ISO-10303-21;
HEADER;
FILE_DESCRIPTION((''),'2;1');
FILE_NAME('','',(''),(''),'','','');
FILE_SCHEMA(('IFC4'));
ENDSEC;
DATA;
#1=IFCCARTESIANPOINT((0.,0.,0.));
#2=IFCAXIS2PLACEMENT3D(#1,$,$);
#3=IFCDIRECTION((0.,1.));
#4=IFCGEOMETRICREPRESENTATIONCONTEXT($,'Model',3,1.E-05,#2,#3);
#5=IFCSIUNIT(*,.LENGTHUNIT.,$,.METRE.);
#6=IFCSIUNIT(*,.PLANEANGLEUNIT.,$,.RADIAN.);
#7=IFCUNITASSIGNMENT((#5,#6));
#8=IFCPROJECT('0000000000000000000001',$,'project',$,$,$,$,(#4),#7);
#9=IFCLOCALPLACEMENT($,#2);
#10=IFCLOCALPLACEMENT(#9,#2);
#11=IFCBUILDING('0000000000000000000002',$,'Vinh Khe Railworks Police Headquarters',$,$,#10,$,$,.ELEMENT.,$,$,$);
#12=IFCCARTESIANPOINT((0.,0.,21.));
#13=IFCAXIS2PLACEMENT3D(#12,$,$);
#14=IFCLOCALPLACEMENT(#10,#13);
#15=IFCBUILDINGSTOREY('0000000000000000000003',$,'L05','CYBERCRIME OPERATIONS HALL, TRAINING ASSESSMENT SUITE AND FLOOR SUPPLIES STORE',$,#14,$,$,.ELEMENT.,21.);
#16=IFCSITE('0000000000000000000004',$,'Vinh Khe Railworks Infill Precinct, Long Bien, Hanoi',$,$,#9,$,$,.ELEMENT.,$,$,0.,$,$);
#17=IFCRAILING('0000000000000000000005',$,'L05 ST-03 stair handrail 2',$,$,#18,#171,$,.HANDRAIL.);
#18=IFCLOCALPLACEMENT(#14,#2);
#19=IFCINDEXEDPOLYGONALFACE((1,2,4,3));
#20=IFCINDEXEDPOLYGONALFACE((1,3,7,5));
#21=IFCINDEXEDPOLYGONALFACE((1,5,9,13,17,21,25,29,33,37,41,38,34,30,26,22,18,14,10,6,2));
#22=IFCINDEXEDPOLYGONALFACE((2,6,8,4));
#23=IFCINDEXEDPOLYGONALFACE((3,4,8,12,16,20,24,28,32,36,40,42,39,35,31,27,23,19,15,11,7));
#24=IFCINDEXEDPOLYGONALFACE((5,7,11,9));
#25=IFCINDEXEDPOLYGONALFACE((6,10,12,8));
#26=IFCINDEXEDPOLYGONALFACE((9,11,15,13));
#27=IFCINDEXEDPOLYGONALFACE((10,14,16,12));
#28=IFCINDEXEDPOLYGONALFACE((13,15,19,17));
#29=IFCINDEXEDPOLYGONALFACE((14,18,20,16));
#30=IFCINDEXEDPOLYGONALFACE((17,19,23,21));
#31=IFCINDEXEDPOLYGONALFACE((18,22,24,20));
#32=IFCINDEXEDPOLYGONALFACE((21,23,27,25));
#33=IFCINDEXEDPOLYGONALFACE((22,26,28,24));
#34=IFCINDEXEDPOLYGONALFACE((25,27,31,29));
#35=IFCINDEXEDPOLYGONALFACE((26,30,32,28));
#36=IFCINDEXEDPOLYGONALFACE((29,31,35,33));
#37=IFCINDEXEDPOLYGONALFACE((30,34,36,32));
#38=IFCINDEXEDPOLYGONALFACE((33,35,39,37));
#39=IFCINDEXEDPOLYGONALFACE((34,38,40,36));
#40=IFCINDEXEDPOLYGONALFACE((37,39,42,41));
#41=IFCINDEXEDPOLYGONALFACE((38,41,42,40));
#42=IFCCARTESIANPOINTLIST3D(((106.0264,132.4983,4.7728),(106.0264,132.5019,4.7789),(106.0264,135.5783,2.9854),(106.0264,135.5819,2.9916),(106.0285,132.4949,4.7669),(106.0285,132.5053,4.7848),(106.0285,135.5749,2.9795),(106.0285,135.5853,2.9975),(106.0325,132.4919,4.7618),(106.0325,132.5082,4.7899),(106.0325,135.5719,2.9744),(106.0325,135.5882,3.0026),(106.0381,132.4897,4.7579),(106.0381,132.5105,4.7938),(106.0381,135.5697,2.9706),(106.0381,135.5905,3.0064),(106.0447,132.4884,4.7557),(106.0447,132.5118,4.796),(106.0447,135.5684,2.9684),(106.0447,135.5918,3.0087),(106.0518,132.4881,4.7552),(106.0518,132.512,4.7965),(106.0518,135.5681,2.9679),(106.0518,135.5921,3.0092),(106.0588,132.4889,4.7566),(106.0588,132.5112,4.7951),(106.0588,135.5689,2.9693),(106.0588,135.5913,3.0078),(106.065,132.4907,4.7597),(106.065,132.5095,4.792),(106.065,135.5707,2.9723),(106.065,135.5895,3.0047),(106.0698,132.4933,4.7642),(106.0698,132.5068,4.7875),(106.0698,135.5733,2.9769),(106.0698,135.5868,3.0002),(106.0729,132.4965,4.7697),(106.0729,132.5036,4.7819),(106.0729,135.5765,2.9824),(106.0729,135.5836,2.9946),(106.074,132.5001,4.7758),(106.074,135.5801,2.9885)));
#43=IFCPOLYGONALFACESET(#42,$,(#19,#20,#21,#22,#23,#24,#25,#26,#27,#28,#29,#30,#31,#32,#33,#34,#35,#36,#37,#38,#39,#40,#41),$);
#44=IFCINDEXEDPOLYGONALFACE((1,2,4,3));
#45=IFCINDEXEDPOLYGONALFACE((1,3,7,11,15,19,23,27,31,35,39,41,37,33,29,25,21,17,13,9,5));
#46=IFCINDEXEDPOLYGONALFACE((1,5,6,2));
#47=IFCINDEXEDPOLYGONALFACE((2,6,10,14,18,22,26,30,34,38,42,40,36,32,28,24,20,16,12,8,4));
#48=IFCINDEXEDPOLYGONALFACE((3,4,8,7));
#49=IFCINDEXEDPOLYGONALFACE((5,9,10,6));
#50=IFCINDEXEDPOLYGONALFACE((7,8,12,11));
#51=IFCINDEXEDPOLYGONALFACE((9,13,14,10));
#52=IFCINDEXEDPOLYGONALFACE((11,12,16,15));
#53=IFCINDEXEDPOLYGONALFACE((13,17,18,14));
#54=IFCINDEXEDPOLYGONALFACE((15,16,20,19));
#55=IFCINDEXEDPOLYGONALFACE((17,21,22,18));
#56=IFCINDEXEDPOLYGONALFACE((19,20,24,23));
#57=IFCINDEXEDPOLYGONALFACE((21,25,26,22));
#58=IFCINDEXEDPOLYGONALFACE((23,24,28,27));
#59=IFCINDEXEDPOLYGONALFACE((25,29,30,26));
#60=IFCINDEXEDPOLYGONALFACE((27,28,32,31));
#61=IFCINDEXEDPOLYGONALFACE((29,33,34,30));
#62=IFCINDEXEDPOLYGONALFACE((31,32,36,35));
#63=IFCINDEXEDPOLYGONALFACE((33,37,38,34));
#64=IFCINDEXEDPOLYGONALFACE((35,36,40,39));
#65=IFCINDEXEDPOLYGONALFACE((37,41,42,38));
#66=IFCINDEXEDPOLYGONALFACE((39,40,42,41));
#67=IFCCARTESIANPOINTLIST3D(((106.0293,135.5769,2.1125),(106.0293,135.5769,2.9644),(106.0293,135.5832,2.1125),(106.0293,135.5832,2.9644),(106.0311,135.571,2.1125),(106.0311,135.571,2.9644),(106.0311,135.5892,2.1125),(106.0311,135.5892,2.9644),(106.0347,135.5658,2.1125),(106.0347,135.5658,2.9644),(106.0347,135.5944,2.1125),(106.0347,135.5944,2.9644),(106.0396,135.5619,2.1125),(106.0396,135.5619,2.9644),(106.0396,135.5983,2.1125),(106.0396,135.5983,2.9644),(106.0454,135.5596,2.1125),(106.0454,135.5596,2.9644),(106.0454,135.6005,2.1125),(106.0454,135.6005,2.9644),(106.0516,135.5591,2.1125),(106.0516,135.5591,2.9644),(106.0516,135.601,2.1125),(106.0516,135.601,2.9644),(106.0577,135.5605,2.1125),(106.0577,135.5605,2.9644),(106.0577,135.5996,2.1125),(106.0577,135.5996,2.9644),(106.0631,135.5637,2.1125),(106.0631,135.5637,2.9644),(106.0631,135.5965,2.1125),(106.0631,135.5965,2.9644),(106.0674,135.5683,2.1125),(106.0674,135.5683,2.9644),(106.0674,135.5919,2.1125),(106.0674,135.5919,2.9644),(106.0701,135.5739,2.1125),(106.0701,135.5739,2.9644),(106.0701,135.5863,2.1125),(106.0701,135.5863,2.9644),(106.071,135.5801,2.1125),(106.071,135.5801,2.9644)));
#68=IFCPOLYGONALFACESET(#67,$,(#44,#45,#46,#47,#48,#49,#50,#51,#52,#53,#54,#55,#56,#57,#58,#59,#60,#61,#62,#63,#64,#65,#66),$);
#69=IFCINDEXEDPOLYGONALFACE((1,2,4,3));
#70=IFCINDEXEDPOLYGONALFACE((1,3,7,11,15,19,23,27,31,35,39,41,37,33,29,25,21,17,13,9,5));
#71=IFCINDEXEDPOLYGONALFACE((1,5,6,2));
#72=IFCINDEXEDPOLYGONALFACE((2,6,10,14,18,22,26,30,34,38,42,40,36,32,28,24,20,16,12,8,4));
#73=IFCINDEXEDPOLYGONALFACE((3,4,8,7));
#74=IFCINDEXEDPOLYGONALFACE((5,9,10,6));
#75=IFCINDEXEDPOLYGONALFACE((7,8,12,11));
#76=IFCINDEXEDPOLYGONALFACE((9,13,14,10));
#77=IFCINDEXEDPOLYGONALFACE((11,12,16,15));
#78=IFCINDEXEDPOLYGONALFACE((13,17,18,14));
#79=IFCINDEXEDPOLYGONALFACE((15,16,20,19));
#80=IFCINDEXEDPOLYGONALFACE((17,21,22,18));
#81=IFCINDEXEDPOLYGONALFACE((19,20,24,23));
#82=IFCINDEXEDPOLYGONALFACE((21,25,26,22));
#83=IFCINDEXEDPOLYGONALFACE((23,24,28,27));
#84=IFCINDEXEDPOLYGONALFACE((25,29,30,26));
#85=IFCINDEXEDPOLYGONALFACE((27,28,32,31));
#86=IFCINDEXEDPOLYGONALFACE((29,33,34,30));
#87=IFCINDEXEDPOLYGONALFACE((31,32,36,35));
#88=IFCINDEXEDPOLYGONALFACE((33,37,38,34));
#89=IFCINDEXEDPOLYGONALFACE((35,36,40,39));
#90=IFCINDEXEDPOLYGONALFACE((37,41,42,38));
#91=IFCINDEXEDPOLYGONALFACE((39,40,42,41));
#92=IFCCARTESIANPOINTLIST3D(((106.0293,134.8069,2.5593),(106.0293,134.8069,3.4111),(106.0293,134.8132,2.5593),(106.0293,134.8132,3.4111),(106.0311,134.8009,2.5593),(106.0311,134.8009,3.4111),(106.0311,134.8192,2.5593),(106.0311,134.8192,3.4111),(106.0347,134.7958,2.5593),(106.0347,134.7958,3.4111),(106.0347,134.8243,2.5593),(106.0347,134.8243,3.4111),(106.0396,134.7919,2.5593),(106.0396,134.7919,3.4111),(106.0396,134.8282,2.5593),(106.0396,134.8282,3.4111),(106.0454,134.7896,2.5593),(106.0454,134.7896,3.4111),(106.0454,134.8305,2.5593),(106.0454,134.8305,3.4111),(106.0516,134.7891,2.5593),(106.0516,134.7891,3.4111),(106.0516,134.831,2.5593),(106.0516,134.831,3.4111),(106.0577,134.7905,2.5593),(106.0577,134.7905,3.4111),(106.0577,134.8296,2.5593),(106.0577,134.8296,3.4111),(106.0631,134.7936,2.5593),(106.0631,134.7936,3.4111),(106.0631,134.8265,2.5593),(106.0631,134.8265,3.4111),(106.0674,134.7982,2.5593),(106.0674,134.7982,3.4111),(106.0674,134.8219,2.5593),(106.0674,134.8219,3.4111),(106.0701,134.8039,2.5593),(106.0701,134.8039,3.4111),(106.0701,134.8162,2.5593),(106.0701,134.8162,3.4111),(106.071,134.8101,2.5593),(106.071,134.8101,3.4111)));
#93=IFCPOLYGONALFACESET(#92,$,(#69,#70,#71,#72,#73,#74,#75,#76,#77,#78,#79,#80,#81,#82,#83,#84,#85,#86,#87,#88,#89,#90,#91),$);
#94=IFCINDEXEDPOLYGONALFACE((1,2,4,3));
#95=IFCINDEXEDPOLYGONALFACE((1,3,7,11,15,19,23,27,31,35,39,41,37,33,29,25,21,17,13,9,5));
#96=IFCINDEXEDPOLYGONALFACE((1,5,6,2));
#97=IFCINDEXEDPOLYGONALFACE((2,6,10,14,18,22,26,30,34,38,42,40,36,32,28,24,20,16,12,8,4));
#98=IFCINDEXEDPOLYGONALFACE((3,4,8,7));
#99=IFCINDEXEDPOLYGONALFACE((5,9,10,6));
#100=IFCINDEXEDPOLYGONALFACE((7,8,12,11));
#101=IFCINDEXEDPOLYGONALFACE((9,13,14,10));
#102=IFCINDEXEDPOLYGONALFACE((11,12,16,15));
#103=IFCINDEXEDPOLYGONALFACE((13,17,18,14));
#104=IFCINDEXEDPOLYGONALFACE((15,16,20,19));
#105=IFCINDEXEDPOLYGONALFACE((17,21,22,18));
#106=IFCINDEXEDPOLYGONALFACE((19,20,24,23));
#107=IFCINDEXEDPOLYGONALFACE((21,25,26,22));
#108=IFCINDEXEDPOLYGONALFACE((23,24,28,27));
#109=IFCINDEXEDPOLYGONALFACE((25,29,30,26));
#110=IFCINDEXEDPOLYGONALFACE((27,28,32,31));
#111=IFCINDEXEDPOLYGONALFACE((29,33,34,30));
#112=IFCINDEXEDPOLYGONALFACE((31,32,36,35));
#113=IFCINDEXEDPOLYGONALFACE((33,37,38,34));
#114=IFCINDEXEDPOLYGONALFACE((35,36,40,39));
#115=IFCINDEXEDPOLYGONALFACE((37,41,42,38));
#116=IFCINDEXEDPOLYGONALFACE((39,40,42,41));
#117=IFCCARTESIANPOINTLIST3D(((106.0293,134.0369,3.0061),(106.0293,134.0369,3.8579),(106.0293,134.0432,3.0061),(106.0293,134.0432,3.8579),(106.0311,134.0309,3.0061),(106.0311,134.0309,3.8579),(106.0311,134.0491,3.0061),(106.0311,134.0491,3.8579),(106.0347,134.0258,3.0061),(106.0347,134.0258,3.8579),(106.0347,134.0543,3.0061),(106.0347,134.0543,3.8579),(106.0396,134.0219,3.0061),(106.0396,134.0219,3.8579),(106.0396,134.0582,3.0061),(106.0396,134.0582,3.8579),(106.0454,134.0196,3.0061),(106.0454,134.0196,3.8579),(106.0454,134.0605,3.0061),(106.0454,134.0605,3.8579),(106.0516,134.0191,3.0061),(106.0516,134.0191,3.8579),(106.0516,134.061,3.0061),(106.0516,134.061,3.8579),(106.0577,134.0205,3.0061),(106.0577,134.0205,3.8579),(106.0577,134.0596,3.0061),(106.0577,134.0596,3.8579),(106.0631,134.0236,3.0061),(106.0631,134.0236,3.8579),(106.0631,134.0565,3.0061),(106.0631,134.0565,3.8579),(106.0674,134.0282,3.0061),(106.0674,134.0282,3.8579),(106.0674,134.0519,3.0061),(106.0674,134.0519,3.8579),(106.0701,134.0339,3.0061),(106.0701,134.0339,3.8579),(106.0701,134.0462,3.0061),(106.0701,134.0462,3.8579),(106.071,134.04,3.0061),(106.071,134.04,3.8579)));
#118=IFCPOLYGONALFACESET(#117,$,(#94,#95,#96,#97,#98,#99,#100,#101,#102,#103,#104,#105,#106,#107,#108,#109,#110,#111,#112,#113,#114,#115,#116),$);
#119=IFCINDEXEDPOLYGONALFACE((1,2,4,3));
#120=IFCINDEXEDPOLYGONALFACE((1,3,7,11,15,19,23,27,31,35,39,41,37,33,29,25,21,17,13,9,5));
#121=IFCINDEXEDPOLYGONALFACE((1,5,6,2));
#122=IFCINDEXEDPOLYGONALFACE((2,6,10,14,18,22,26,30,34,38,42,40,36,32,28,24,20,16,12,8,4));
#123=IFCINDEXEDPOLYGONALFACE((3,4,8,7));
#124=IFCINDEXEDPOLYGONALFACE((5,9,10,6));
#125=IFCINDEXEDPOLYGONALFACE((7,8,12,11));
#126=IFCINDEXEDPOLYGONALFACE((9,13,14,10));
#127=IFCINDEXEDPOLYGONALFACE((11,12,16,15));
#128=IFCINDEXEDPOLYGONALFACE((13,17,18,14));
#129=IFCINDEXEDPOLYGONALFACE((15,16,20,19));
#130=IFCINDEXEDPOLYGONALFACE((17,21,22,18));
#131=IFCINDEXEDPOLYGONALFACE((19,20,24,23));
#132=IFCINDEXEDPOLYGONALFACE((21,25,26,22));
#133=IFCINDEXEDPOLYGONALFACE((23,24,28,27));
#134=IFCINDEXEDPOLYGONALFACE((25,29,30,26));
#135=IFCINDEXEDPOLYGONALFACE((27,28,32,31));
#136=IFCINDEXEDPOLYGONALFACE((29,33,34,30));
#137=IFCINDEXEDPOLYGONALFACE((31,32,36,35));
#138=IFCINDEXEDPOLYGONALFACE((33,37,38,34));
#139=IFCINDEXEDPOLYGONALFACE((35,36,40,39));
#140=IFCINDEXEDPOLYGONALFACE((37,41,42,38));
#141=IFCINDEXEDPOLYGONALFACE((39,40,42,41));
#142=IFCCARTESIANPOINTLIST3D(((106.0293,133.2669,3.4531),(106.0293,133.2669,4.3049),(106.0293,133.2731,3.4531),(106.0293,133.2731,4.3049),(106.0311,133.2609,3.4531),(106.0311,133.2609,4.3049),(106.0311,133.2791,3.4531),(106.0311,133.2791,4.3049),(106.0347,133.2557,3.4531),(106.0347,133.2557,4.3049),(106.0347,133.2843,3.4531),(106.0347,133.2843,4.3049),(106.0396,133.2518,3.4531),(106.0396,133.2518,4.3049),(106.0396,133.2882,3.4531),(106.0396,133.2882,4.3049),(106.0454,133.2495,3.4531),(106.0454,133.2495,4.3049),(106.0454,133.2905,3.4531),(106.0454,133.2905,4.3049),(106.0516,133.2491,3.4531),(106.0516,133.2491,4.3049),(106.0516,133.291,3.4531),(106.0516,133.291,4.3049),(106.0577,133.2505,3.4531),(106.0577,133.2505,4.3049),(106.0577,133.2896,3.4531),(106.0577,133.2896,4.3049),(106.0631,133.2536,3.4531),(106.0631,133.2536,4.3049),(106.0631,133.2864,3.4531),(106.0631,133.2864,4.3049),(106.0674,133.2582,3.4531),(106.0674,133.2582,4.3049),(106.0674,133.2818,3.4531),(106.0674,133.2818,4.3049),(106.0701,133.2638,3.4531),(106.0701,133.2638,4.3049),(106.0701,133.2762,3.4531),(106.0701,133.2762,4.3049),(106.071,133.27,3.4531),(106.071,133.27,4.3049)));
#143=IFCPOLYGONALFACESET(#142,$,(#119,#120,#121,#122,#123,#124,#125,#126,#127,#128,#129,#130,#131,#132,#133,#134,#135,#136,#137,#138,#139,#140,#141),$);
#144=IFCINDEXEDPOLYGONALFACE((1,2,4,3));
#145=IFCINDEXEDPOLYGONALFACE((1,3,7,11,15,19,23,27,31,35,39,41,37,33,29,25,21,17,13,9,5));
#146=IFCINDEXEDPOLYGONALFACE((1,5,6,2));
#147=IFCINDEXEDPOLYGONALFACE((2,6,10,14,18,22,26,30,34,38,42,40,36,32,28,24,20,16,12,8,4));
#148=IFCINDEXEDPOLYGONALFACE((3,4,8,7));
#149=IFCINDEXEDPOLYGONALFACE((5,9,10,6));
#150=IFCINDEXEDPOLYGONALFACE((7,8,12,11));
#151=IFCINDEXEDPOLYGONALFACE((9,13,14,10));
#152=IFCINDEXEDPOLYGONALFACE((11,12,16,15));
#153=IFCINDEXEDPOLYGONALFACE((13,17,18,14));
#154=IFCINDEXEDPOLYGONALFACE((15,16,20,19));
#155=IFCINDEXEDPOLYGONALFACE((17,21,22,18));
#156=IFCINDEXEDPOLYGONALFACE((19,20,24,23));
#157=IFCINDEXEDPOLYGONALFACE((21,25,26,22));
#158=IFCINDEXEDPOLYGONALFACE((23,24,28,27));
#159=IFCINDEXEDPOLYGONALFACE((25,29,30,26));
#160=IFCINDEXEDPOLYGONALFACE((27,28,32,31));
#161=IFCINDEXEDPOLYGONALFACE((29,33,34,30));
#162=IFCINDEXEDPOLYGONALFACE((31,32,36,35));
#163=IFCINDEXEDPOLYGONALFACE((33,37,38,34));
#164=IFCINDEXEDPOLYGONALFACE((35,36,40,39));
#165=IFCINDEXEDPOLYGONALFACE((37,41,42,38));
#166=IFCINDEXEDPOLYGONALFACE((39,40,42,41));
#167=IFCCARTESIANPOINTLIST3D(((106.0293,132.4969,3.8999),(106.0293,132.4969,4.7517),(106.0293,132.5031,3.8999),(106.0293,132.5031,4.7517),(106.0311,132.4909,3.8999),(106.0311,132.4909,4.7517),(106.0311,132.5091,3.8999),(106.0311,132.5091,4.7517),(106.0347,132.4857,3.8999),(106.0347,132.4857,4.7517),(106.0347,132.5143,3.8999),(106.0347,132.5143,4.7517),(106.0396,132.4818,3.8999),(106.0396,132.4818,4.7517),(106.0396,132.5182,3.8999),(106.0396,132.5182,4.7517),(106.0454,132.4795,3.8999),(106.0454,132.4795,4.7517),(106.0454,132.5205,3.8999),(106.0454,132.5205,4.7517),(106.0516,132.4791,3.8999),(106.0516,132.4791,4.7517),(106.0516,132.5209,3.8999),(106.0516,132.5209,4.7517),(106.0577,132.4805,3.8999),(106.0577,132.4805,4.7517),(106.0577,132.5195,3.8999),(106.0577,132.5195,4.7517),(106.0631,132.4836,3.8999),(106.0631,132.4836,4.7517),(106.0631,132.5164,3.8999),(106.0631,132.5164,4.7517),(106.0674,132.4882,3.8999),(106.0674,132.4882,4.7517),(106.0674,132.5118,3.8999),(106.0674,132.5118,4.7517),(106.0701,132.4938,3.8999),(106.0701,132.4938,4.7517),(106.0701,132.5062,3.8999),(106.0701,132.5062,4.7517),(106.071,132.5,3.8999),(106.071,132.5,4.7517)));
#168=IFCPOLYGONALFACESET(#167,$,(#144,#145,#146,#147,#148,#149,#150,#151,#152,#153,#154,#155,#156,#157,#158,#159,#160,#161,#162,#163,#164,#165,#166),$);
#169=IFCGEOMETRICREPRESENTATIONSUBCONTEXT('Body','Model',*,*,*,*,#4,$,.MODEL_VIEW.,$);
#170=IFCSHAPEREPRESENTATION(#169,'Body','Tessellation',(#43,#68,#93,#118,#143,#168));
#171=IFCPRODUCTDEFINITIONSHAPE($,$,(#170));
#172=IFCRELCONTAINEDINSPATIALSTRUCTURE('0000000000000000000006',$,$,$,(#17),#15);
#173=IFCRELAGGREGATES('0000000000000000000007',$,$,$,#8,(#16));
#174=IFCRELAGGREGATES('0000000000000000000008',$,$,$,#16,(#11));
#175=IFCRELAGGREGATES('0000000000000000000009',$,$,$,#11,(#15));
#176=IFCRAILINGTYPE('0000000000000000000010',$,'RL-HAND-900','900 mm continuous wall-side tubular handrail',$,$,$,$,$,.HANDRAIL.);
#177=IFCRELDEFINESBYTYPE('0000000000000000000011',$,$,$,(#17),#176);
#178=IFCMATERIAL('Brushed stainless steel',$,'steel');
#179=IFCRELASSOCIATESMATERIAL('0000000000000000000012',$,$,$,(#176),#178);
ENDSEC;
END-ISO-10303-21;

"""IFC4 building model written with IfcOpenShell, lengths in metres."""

from ifc_helpers import new_model, si_unit, direction, frame, origin, origin_2d, place, context, subcontext, project, spatial, circle, extrude, material, type_object, element, save


model = new_model("IFC4")

# Units and contexts
model_context = context("Model", 3, precision=1e-05, world=origin(), true_north=direction((0.0, 1.0)))
body_context = subcontext(model_context, "Body", "Model", "MODEL_VIEW")
ifc_project = project(units=[si_unit("LENGTHUNIT", "METRE"), si_unit("PLANEANGLEUNIT", "RADIAN")], contexts=[model_context])

# Site, building, storey
site_placement = place(None, origin())
site = spatial("IfcSite", under=ifc_project, at=site_placement, Name="Vinh Khe Railworks Infill Precinct, Long Bien, Hanoi", CompositionType="ELEMENT", RefElevation=0.0)
building_placement = place(site_placement, origin())
building = spatial("IfcBuilding", under=site, at=building_placement, Name="Vinh Khe Railworks Police Headquarters", CompositionType="ELEMENT")
storey_placement = place(building_placement, frame((0.0, 0.0, 21.0)))
storey = spatial("IfcBuildingStorey", under=building, at=storey_placement, Name="L05", Description="CYBERCRIME OPERATIONS HALL, TRAINING ASSESSMENT SUITE AND FLOOR SUPPLIES STORE", CompositionType="ELEMENT", Elevation=21.0)

# Railing
ifc_material_1 = material(Name="Brushed stainless steel", Category="steel")
railing_type_1 = type_object("IfcRailingType", Name="RL-HAND-900", Description="900 mm continuous wall-side tubular handrail", PredefinedType="HANDRAIL", material=ifc_material_1)
railing_1_placement = place(storey_placement, frame((106.05, 135.5801, 2.1125)))
element("IfcRailing", 1, at=railing_1_placement, inside=storey, type_object=railing_type_1, Name="L05 ST-03 stair handrail 2", PredefinedType="HANDRAIL", context=body_context, shape_type="SweptSolid", body=[
    extrude(circle(Radius=0.0239, at=origin_2d()), frame((0.0, 0.0, 0.876), z_axis=(0.0, -0.86492, 0.501909), x_axis=(1.0, 0.0, 0.0)), (0.0, 0.0, 1.0), 3.561),
    extrude(circle(Radius=0.021, at=origin_2d()), origin(), (0.0, 0.0, 1.0), 0.8518),
    extrude(circle(Radius=0.021, at=origin_2d()), frame((0.0, -0.77, 0.4468)), (0.0, 0.0, 1.0), 0.8518),
    extrude(circle(Radius=0.021, at=origin_2d()), frame((0.0, -1.54, 0.8936)), (0.0, 0.0, 1.0), 0.8518),
    extrude(circle(Radius=0.021, at=origin_2d()), frame((0.0, -2.3101, 1.3406)), (0.0, 0.0, 1.0), 0.8518),
    extrude(circle(Radius=0.021, at=origin_2d()), frame((0.0, -3.0801, 1.7874)), (0.0, 0.0, 1.0), 0.8518),
])

save(model, "model.ifc")
